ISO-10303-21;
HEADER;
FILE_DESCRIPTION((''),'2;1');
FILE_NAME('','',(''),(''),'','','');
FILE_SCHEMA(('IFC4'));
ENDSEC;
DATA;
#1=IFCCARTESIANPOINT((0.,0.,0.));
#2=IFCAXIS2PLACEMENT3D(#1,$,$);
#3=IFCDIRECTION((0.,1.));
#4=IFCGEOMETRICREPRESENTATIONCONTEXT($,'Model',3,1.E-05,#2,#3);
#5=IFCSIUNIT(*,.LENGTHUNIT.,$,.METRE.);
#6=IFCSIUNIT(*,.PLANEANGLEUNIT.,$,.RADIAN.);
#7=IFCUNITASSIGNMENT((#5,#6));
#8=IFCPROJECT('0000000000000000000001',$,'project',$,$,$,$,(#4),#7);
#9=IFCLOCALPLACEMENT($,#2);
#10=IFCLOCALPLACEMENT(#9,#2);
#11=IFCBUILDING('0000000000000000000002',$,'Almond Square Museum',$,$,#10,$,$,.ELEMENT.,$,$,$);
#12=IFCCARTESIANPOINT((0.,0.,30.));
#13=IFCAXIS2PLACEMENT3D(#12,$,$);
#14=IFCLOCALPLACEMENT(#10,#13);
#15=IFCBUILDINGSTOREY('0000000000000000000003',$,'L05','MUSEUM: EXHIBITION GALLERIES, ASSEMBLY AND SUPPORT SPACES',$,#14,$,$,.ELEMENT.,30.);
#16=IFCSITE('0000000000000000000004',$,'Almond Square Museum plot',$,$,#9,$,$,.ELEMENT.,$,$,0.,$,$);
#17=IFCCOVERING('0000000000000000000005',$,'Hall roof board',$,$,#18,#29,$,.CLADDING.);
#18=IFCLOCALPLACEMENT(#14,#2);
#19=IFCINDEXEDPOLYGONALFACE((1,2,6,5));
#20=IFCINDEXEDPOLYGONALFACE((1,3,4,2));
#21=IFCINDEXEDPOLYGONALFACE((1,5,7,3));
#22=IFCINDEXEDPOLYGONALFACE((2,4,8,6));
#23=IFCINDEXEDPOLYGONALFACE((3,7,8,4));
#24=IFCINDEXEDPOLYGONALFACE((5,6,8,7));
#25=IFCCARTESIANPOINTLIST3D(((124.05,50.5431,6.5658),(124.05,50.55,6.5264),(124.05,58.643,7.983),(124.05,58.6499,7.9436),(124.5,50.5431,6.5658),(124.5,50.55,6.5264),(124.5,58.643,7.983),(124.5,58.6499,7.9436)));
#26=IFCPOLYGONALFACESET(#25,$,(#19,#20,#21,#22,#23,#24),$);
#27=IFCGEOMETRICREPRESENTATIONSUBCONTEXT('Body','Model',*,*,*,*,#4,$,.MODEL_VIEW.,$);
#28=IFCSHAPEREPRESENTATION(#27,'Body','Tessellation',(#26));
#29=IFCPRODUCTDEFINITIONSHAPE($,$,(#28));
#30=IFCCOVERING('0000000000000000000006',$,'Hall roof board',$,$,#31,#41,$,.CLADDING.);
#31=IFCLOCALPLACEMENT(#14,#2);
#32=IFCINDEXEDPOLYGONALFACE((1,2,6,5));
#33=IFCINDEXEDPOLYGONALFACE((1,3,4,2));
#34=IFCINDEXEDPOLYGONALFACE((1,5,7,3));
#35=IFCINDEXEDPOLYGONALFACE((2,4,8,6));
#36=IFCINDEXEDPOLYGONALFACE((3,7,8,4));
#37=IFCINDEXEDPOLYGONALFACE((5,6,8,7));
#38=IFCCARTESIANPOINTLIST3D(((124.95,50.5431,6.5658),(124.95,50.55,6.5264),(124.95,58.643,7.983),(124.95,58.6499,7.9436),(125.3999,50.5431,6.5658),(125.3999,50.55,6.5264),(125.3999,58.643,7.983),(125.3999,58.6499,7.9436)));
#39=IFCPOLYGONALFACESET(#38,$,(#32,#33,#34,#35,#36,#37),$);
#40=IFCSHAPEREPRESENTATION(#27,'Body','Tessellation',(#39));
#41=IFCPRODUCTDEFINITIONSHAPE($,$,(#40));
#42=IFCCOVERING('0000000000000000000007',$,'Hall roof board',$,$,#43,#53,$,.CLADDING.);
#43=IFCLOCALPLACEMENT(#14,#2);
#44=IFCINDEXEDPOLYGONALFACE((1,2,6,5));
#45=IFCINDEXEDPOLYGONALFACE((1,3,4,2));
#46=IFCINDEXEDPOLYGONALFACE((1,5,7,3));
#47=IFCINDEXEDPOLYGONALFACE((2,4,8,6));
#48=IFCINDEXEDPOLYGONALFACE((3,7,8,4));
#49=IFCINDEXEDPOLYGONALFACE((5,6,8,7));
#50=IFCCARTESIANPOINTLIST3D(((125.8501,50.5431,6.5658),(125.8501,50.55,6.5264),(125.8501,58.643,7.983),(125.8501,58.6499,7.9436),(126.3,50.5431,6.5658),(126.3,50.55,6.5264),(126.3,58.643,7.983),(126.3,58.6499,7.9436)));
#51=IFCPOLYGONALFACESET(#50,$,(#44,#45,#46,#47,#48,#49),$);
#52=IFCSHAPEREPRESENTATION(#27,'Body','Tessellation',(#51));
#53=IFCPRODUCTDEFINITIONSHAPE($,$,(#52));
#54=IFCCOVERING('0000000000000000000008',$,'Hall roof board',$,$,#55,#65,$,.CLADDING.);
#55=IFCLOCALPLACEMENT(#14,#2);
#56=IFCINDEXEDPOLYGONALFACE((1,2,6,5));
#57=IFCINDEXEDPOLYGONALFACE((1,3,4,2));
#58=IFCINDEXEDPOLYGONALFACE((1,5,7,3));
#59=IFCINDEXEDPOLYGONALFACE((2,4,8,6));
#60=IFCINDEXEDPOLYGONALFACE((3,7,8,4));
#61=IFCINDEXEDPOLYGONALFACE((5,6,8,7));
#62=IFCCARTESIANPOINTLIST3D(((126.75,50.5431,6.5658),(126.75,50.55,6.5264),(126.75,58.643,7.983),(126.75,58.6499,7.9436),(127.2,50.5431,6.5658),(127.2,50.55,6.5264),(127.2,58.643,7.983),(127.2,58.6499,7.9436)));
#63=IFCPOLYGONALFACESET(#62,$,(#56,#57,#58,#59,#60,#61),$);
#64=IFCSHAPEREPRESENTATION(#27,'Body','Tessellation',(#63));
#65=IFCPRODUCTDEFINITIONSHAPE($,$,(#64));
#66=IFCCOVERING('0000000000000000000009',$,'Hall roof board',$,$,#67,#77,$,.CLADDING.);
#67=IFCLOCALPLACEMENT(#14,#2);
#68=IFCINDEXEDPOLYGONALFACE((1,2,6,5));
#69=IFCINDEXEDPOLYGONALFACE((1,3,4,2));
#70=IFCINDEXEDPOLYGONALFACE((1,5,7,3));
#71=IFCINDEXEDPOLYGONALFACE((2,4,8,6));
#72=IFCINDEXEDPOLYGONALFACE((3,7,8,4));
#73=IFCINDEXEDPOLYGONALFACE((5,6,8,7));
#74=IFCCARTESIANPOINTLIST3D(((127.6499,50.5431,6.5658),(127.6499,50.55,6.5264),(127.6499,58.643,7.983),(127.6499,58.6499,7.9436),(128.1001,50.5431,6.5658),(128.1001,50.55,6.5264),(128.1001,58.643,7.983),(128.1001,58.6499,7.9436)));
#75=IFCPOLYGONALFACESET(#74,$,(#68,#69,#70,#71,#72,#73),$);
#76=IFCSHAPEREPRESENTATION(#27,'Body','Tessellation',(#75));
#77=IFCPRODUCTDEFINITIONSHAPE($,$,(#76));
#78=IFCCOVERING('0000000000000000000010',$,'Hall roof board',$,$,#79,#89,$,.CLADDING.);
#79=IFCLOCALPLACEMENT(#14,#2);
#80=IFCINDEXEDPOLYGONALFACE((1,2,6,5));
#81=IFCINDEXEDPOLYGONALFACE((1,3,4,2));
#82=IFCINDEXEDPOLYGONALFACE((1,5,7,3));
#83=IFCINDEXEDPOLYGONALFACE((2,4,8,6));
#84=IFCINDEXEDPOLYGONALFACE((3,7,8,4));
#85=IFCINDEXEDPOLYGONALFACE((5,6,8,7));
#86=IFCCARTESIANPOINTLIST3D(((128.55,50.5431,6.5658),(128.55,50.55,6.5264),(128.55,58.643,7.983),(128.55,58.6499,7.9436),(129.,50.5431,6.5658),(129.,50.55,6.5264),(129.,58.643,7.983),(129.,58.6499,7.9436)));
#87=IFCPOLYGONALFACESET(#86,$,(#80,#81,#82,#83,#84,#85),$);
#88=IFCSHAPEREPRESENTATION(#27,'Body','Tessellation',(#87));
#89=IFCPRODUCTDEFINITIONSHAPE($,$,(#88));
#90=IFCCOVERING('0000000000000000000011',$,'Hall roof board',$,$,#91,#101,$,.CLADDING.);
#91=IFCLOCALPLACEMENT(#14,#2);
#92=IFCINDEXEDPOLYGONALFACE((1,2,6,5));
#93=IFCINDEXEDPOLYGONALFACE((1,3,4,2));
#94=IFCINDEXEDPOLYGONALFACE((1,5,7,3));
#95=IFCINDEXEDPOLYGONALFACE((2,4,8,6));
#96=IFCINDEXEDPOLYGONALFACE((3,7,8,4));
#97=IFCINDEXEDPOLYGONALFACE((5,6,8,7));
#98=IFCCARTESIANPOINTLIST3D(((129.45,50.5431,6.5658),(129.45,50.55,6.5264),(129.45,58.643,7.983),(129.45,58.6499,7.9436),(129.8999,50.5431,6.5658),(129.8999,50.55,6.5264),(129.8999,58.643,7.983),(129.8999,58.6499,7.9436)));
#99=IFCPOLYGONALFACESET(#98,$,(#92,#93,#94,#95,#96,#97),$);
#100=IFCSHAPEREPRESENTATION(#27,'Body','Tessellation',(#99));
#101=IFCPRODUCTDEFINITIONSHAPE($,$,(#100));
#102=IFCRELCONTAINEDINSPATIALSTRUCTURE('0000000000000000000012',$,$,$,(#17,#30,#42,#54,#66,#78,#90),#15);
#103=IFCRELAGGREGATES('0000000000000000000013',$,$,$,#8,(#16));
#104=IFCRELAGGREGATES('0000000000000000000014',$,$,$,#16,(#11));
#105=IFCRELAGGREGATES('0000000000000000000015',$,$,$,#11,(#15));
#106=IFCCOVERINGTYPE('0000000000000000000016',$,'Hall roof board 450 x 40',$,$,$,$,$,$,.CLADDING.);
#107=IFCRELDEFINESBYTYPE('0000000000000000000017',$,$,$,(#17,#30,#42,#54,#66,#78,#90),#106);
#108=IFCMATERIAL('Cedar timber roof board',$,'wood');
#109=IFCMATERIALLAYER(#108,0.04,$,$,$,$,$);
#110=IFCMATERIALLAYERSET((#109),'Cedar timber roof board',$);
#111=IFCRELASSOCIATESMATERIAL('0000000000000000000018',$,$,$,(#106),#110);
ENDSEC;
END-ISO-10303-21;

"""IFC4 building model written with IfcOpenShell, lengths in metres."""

from ifc_helpers import new_model, si_unit, direction, frame, origin, place, context, subcontext, project, spatial, polyline, outline, extrude, material, layer, layer_set, type_object, element, save


model = new_model("IFC4")

# Units and contexts
model_context = context("Model", 3, precision=1e-05, world=origin(), true_north=direction((0.0, 1.0)))
body_context = subcontext(model_context, "Body", "Model", "MODEL_VIEW")
ifc_project = project(units=[si_unit("LENGTHUNIT", "METRE"), si_unit("PLANEANGLEUNIT", "RADIAN")], contexts=[model_context])

# Site, building, storey
site_placement = place(None, origin())
site = spatial("IfcSite", under=ifc_project, at=site_placement, Name="Almond Square Museum plot", CompositionType="ELEMENT", RefElevation=0.0)
building_placement = place(site_placement, origin())
building = spatial("IfcBuilding", under=site, at=building_placement, Name="Almond Square Museum", CompositionType="ELEMENT")
storey_placement = place(building_placement, frame((0.0, 0.0, 30.0)))
storey = spatial("IfcBuildingStorey", under=building, at=storey_placement, Name="L05", Description="MUSEUM: EXHIBITION GALLERIES, ASSEMBLY AND SUPPORT SPACES", CompositionType="ELEMENT", Elevation=30.0)

# Coverings
ifc_material_1 = material(Name="Cedar timber roof board", Category="wood")
ifc_layer = layer(ifc_material_1, 0.04)
ifc_layer_set = layer_set([ifc_layer], Name="Cedar timber roof board")
covering_type = type_object("IfcCoveringType", Name="Hall roof board 450 x 40", PredefinedType="CLADDING", material=ifc_layer_set)
for number, where, z_axis, x_axis, name in (
    (1, (124.5, 58.6499, 7.9436), (0.0, -0.172352, 0.985035), (-1.0, 0.0, 0.0), "Hall roof board"),
    (2, (125.3999, 58.6499, 7.9436), (0.0, -0.172352, 0.985035), (-1.0, 0.0, 0.0), "Hall roof board"),
    (3, (126.3, 58.6499, 7.9436), (0.0, -0.172352, 0.985035), (-1.0, 0.0, 0.0), "Hall roof board"),
    (4, (127.2, 58.6499, 7.9436), (0.0, -0.172352, 0.985035), (-1.0, 0.0, 0.0), "Hall roof board"),
):
    element("IfcCovering", number, at=place(storey_placement, frame(where, z_axis=z_axis, x_axis=x_axis)), inside=storey, type_object=covering_type, Name=name, PredefinedType="CLADDING", context=body_context, shape_type="SweptSolid", body=[
        extrude(outline(polyline([(0.0, 0.0), (0.45, 0.0), (0.45, 8.2229), (0.0, 8.2229), (0.0, 0.0)])), origin(), (0.0, 0.0, 1.0), 0.04),
    ])
covering_1_placement = place(storey_placement, frame((128.1001, 58.6499, 7.9436), z_axis=(0.0, -0.172352, 0.985035), x_axis=(-1.0, 0.0, 0.0)))
element("IfcCovering", 5, at=covering_1_placement, inside=storey, type_object=covering_type, Name="Hall roof board", PredefinedType="CLADDING", context=body_context, shape_type="SweptSolid", body=[
    extrude(outline(polyline([(0.0, 0.0), (0.4502, 0.0), (0.4502, 8.2229), (0.0, 8.2229), (0.0, 0.0)])), origin(), (0.0, 0.0, 1.0), 0.04),
])
for number, where, z_axis, x_axis, name in (
    (6, (129.0, 58.6499, 7.9436), (0.0, -0.172352, 0.985035), (-1.0, 0.0, 0.0), "Hall roof board"),
    (7, (129.8999, 58.6499, 7.9436), (0.0, -0.172352, 0.985035), (-1.0, 0.0, 0.0), "Hall roof board"),
):
    element("IfcCovering", number, at=place(storey_placement, frame(where, z_axis=z_axis, x_axis=x_axis)), inside=storey, type_object=covering_type, Name=name, PredefinedType="CLADDING", context=body_context, shape_type="SweptSolid", body=[
        extrude(outline(polyline([(0.0, 0.0), (0.45, 0.0), (0.45, 8.2229), (0.0, 8.2229), (0.0, 0.0)])), origin(), (0.0, 0.0, 1.0), 0.04),
    ])

save(model, "model.ifc")
